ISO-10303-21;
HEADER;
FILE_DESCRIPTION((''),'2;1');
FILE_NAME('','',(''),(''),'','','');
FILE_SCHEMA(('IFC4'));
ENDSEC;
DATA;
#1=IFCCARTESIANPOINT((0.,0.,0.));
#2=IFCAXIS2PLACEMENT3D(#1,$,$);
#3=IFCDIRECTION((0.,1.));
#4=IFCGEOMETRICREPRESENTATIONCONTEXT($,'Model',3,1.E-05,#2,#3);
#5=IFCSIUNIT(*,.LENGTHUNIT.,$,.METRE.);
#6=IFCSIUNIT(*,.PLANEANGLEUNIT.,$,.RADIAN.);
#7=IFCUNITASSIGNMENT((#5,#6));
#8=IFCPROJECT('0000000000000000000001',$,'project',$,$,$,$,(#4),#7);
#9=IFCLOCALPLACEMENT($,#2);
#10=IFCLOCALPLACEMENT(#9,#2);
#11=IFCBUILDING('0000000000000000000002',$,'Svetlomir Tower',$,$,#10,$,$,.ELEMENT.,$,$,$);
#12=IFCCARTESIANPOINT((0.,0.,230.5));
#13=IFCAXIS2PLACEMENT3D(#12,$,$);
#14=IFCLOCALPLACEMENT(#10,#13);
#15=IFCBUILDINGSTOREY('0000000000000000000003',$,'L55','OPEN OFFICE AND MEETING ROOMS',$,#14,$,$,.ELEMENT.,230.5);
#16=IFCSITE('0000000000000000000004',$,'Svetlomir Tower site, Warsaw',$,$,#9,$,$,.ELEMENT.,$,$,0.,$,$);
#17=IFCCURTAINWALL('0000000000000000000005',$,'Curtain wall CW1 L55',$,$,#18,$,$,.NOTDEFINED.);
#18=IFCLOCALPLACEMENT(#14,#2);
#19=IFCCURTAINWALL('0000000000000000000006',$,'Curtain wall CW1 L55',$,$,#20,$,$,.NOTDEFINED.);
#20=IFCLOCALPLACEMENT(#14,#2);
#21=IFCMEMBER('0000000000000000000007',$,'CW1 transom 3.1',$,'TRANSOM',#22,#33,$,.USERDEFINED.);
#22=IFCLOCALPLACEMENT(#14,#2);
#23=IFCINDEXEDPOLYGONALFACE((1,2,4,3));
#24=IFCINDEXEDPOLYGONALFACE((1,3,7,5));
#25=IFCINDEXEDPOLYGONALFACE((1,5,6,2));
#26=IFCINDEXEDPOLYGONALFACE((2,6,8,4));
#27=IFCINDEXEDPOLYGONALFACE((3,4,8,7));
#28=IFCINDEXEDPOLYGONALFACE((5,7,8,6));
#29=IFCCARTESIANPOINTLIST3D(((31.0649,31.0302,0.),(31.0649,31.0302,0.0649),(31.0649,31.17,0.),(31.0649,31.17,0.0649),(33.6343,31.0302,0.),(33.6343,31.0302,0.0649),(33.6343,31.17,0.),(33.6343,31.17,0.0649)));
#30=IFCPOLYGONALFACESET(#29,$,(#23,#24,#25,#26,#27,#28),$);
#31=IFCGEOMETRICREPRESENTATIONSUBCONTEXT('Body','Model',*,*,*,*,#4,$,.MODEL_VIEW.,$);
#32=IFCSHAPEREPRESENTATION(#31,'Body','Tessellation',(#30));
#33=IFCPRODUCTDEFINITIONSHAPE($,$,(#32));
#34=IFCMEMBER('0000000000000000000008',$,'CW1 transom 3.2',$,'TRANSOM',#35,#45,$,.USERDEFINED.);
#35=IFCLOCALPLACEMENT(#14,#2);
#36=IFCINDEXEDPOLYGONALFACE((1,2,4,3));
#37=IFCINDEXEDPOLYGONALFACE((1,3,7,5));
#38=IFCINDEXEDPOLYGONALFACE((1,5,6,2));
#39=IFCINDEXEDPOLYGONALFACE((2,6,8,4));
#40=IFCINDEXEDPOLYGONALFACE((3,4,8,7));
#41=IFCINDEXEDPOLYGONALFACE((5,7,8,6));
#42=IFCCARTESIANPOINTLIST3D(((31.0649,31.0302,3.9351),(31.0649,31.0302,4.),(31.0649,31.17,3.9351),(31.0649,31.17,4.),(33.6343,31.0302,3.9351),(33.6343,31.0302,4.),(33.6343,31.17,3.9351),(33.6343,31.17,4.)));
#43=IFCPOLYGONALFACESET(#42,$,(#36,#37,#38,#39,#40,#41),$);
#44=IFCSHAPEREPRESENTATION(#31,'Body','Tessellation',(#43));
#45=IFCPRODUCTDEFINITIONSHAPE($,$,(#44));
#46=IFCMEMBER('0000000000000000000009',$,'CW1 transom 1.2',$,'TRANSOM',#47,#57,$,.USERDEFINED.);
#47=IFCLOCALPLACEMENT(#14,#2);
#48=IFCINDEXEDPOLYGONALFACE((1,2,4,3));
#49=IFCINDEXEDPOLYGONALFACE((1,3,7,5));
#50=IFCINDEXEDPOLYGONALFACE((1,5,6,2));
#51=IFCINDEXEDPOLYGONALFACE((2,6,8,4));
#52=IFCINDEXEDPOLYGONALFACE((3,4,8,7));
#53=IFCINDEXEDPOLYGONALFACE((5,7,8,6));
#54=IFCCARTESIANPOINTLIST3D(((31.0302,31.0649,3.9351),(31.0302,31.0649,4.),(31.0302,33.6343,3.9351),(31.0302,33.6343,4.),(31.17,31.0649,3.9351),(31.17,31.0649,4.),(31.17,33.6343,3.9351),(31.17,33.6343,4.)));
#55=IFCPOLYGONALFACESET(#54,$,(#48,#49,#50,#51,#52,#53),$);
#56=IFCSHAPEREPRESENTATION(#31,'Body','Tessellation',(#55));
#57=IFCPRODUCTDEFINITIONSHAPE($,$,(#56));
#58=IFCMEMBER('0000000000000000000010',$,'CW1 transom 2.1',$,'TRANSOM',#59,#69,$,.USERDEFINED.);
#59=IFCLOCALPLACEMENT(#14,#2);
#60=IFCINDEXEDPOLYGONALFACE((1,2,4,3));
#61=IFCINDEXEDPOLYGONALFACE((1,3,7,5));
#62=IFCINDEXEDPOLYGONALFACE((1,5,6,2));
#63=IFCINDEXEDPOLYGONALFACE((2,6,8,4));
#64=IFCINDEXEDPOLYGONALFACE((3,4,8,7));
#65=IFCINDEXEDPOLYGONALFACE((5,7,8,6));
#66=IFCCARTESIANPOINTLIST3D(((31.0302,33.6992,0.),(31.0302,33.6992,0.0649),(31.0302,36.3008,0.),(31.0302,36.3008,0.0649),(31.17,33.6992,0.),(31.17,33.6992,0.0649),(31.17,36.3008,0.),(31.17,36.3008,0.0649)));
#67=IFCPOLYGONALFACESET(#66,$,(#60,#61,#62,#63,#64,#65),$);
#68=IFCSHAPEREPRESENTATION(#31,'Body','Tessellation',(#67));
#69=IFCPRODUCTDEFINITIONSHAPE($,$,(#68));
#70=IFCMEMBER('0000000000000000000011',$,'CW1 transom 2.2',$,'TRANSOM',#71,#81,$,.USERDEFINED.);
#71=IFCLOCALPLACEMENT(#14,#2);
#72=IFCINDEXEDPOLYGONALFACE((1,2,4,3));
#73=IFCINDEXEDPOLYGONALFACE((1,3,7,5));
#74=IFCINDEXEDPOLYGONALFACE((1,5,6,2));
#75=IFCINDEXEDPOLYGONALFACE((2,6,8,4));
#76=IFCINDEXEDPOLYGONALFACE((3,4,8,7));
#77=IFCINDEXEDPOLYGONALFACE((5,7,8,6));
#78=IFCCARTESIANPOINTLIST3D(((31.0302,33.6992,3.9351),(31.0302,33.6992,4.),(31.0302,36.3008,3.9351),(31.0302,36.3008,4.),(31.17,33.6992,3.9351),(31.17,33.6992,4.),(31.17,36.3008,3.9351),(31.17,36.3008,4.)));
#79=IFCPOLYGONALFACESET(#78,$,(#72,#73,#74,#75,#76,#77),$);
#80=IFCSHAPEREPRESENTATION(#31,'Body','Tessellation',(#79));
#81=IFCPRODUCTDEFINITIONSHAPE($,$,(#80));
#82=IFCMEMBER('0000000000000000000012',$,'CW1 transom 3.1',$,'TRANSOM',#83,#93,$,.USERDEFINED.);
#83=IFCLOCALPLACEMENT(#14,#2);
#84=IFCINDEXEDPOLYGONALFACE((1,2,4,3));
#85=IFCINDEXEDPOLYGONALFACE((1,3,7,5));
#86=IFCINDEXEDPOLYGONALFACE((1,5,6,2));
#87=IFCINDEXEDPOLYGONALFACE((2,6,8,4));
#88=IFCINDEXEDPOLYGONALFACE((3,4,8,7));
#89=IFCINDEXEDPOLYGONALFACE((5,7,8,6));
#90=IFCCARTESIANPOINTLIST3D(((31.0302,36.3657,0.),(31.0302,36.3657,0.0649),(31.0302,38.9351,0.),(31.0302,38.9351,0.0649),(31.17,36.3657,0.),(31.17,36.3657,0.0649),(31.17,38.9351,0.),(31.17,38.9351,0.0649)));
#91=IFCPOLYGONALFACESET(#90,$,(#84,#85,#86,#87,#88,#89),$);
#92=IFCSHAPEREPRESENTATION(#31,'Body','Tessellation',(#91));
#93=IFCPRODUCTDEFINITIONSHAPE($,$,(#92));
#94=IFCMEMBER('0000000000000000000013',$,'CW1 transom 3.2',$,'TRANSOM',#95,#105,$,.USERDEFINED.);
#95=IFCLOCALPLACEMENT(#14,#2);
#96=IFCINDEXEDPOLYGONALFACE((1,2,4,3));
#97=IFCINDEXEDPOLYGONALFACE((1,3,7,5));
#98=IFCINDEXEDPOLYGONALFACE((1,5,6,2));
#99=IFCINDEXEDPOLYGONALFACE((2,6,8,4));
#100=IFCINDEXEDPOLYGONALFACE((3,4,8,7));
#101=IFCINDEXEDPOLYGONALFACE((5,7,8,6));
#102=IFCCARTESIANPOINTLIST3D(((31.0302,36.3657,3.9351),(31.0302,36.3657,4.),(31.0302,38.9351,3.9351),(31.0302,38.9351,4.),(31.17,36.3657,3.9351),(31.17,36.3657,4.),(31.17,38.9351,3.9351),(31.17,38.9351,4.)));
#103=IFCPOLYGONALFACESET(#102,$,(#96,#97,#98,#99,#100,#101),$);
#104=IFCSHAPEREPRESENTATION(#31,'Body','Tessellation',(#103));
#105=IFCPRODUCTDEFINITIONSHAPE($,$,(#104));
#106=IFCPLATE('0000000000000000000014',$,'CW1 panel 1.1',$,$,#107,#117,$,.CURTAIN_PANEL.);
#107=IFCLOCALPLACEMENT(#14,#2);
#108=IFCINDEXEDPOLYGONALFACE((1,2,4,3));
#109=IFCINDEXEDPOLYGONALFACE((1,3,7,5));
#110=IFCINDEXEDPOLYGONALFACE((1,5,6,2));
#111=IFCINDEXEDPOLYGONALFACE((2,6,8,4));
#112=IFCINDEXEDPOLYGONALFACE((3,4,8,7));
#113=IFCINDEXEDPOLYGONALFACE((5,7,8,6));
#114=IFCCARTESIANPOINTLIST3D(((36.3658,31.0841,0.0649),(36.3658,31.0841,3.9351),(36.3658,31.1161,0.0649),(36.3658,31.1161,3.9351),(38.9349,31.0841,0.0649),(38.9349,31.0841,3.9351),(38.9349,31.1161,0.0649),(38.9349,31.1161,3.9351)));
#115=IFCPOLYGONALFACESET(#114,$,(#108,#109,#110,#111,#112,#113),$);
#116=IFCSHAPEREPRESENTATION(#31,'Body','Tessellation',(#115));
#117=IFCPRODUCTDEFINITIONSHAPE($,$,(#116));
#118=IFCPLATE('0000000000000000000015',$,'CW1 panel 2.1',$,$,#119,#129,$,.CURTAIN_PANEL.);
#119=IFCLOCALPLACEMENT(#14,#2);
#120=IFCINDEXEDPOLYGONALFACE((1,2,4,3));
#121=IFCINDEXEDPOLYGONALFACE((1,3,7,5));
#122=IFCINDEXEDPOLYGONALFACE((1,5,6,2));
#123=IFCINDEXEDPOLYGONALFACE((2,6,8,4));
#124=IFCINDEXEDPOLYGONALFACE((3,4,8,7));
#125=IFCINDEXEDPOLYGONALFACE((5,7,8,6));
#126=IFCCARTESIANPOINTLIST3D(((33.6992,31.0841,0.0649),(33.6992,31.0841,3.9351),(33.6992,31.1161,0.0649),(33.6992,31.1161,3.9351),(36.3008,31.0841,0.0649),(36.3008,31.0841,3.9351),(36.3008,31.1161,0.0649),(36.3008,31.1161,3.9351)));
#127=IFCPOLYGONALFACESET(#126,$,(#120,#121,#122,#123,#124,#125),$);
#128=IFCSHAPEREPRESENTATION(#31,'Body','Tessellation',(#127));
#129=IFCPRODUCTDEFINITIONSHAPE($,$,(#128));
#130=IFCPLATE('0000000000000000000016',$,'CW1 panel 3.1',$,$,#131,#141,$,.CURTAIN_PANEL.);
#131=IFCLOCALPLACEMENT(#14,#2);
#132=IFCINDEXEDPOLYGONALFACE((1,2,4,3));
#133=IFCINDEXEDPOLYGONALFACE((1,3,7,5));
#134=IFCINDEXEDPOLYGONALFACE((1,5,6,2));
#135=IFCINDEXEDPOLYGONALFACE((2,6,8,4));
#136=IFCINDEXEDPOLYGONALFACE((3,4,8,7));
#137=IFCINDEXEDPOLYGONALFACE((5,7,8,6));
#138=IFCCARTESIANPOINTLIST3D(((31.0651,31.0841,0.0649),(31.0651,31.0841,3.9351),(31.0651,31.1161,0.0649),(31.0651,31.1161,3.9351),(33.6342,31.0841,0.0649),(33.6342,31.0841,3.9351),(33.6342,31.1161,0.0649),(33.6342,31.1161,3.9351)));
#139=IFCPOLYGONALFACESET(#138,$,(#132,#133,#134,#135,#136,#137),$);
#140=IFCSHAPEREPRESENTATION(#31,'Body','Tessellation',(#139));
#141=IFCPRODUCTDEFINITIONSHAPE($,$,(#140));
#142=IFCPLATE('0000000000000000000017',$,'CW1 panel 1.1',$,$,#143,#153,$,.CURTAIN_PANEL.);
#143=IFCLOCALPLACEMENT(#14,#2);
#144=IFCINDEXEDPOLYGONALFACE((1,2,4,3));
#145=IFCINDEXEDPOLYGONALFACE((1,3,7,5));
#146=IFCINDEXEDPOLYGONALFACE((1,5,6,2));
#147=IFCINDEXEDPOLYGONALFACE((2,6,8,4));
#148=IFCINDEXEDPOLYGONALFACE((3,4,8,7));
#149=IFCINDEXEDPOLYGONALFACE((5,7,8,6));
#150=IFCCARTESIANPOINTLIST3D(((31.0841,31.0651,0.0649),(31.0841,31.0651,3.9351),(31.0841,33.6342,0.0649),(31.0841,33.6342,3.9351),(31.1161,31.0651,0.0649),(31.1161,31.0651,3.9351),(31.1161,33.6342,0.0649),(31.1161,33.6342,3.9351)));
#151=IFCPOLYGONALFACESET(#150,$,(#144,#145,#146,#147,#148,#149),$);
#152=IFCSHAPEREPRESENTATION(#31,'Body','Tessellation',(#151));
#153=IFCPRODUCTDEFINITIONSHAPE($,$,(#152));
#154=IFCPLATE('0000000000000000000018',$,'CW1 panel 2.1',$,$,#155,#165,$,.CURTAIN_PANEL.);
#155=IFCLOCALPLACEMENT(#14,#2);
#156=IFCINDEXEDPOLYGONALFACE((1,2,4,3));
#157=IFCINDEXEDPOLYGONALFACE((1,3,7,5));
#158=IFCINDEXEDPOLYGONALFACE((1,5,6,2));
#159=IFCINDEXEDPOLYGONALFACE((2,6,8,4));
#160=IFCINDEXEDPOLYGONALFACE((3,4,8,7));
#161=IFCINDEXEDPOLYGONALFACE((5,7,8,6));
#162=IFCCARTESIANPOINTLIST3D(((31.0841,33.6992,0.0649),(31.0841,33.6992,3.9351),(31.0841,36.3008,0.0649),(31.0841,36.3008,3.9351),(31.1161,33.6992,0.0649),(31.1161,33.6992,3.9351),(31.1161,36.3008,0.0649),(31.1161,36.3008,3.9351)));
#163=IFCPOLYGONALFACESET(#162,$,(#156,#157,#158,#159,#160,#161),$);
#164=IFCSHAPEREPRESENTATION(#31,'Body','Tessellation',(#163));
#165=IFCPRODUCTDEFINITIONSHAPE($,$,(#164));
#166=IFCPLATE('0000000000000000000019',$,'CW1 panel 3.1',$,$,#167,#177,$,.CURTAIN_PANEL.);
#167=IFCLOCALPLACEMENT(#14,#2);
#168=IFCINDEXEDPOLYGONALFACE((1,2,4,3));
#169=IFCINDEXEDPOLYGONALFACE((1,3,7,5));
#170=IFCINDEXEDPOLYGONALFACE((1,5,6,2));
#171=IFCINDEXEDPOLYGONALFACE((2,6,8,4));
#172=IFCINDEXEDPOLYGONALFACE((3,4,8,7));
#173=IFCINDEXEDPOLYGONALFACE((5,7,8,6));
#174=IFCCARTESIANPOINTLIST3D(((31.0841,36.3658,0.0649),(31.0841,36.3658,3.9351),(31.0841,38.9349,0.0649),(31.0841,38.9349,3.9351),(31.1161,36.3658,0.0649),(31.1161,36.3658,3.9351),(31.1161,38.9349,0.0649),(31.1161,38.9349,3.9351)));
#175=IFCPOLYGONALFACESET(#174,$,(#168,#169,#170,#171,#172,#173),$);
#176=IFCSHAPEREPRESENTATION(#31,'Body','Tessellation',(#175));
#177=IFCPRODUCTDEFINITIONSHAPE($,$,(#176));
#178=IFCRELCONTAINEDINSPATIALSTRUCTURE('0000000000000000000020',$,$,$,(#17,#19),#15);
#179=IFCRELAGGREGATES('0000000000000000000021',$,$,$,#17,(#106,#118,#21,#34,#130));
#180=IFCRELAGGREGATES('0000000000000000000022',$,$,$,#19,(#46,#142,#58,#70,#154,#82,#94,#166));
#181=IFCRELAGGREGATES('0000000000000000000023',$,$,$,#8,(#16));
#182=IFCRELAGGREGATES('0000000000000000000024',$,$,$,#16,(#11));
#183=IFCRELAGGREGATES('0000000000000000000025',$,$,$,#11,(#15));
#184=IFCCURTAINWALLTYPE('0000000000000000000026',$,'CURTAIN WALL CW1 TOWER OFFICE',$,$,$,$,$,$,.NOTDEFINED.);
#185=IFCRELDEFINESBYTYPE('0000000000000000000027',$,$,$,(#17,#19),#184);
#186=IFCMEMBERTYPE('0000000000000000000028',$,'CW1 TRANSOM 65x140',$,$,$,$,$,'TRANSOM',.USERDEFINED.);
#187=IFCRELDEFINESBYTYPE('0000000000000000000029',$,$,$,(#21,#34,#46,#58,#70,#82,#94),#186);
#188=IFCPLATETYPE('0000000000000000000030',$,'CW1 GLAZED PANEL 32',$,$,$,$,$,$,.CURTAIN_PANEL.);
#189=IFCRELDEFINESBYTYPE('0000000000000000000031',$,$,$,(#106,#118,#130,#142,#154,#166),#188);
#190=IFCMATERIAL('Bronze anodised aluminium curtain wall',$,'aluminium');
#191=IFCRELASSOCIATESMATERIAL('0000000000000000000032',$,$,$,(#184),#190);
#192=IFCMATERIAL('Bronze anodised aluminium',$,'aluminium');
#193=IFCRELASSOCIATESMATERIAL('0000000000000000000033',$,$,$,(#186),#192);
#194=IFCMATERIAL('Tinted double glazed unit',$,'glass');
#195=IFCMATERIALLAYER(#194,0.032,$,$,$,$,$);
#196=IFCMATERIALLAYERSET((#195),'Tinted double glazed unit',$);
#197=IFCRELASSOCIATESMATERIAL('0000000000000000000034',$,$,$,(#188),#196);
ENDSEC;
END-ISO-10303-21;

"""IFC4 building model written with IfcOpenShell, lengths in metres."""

from ifc_helpers import new_model, si_unit, direction, frame, origin, origin_2d, place, context, subcontext, project, spatial, rectangle, extrude, material, layer, layer_set, material_profile, profile_set, type_object, element, aggregate, save


model = new_model("IFC4")

# Units and contexts
model_context = context("Model", 3, precision=1e-05, world=origin(), true_north=direction((0.0, 1.0)))
body_context = subcontext(model_context, "Body", "Model", "MODEL_VIEW")
ifc_project = project(units=[si_unit("LENGTHUNIT", "METRE"), si_unit("PLANEANGLEUNIT", "RADIAN")], contexts=[model_context])

# Site, building, storey
site_placement = place(None, origin())
site = spatial("IfcSite", under=ifc_project, at=site_placement, Name="Svetlomir Tower site, Warsaw", CompositionType="ELEMENT", RefElevation=0.0)
building_placement = place(site_placement, origin())
building = spatial("IfcBuilding", under=site, at=building_placement, Name="Svetlomir Tower", CompositionType="ELEMENT")
storey_placement = place(building_placement, frame((0.0, 0.0, 230.5)))
storey = spatial("IfcBuildingStorey", under=building, at=storey_placement, Name="L55", Description="OPEN OFFICE AND MEETING ROOMS", CompositionType="ELEMENT", Elevation=230.5)

# Curtain walls
ifc_material_1 = material(Name="Bronze anodised aluminium curtain wall", Category="aluminium")
curtain_wall_type = type_object("IfcCurtainWallType", Name="CURTAIN WALL CW1 TOWER OFFICE", PredefinedType="NOTDEFINED", material=ifc_material_1)
curtain_wall_1_placement = place(storey_placement, origin())
curtain_wall_1 = element("IfcCurtainWall", 1, at=curtain_wall_1_placement, inside=storey, type_object=curtain_wall_type, Name="Curtain wall CW1 L55", PredefinedType="NOTDEFINED")
curtain_wall_2_placement = place(storey_placement, origin())
curtain_wall_2 = element("IfcCurtainWall", 2, at=curtain_wall_2_placement, inside=storey, type_object=curtain_wall_type, Name="Curtain wall CW1 L55", PredefinedType="NOTDEFINED")

# Members
ifc_material_2 = material(Name="Bronze anodised aluminium", Category="aluminium")
ifc_material_profile_1 = material_profile(ifc_material_2, rectangle(XDim=0.1399, YDim=0.0649, at=origin_2d()), Name="AL 140x65")
ifc_profile_set_1 = profile_set([ifc_material_profile_1], Name="Bronze anodised aluminium 6063-T6")
member_type_1 = type_object("IfcMemberType", Name="CW1 TRANSOM 65x140", ElementType="TRANSOM", PredefinedType="USERDEFINED", material=ifc_profile_set_1)
member_1_placement = place(storey_placement, frame((33.6343, 31.1001, 0.0325), z_axis=(-1.0, 0.0, 0.0), x_axis=(0.0, -1.0, 0.0)))
member_1 = element("IfcMember", 3, at=member_1_placement, type_object=member_type_1, Name="CW1 transom 3.1", ObjectType="TRANSOM", PredefinedType="USERDEFINED", context=body_context, shape_type="SweptSolid", body=[
    extrude(rectangle(XDim=0.1399, YDim=0.0649, at=origin_2d()), origin(), (0.0, 0.0, 1.0), 2.5693),
])
member_2_placement = place(storey_placement, frame((33.6343, 31.1001, 3.9675), z_axis=(-1.0, 0.0, 0.0), x_axis=(0.0, -1.0, 0.0)))
member_2 = element("IfcMember", 4, at=member_2_placement, type_object=member_type_1, Name="CW1 transom 3.2", ObjectType="TRANSOM", PredefinedType="USERDEFINED", context=body_context, shape_type="SweptSolid", body=[
    extrude(rectangle(XDim=0.1399, YDim=0.0649, at=origin_2d()), origin(), (0.0, 0.0, 1.0), 2.5693),
])
member_3_placement = place(storey_placement, frame((31.1001, 31.0649, 3.9675), z_axis=(0.0, 1.0, 0.0), x_axis=(-1.0, 0.0, 0.0)))
member_3 = element("IfcMember", 5, at=member_3_placement, type_object=member_type_1, Name="CW1 transom 1.2", ObjectType="TRANSOM", PredefinedType="USERDEFINED", context=body_context, shape_type="SweptSolid", body=[
    extrude(rectangle(XDim=0.1399, YDim=0.0649, at=origin_2d()), origin(), (0.0, 0.0, 1.0), 2.5693),
])
member_4_placement = place(storey_placement, frame((31.1001, 33.6992, 0.0325), z_axis=(0.0, 1.0, 0.0), x_axis=(-1.0, 0.0, 0.0)))
member_4 = element("IfcMember", 6, at=member_4_placement, type_object=member_type_1, Name="CW1 transom 2.1", ObjectType="TRANSOM", PredefinedType="USERDEFINED", context=body_context, shape_type="SweptSolid", body=[
    extrude(rectangle(XDim=0.1399, YDim=0.0649, at=origin_2d()), origin(), (0.0, 0.0, 1.0), 2.6016),
])
member_5_placement = place(storey_placement, frame((31.1001, 33.6992, 3.9675), z_axis=(0.0, 1.0, 0.0), x_axis=(-1.0, 0.0, 0.0)))
member_5 = element("IfcMember", 7, at=member_5_placement, type_object=member_type_1, Name="CW1 transom 2.2", ObjectType="TRANSOM", PredefinedType="USERDEFINED", context=body_context, shape_type="SweptSolid", body=[
    extrude(rectangle(XDim=0.1399, YDim=0.0649, at=origin_2d()), origin(), (0.0, 0.0, 1.0), 2.6016),
])
member_6_placement = place(storey_placement, frame((31.1001, 36.3657, 0.0325), z_axis=(0.0, 1.0, 0.0), x_axis=(-1.0, 0.0, 0.0)))
member_6 = element("IfcMember", 8, at=member_6_placement, type_object=member_type_1, Name="CW1 transom 3.1", ObjectType="TRANSOM", PredefinedType="USERDEFINED", context=body_context, shape_type="SweptSolid", body=[
    extrude(rectangle(XDim=0.1399, YDim=0.0649, at=origin_2d()), origin(), (0.0, 0.0, 1.0), 2.5693),
])
member_7_placement = place(storey_placement, frame((31.1001, 36.3657, 3.9675), z_axis=(0.0, 1.0, 0.0), x_axis=(-1.0, 0.0, 0.0)))
member_7 = element("IfcMember", 9, at=member_7_placement, type_object=member_type_1, Name="CW1 transom 3.2", ObjectType="TRANSOM", PredefinedType="USERDEFINED", context=body_context, shape_type="SweptSolid", body=[
    extrude(rectangle(XDim=0.1399, YDim=0.0649, at=origin_2d()), origin(), (0.0, 0.0, 1.0), 2.5693),
])

# Plates
ifc_material_3 = material(Name="Tinted double glazed unit", Category="glass")
ifc_layer = layer(ifc_material_3, 0.032)
ifc_layer_set = layer_set([ifc_layer], Name="Tinted double glazed unit")
plate_type = type_object("IfcPlateType", Name="CW1 GLAZED PANEL 32", PredefinedType="CURTAIN_PANEL", material=ifc_layer_set)
plate_1_placement = place(storey_placement, frame((37.6504, 31.1001, 0.0649), z_axis=(0.0, 0.0, 1.0), x_axis=(-1.0, 0.0, 0.0)))
plate_1 = element("IfcPlate", 10, at=plate_1_placement, type_object=plate_type, Name="CW1 panel 1.1", PredefinedType="CURTAIN_PANEL", context=body_context, shape_type="SweptSolid", body=[
    extrude(rectangle(XDim=2.5691, YDim=0.032, at=origin_2d()), origin(), (0.0, 0.0, 1.0), 3.8701),
])
plate_2_placement = place(storey_placement, frame((35.0, 31.1001, 0.0649), z_axis=(0.0, 0.0, 1.0), x_axis=(-1.0, 0.0, 0.0)))
plate_2 = element("IfcPlate", 11, at=plate_2_placement, type_object=plate_type, Name="CW1 panel 2.1", PredefinedType="CURTAIN_PANEL", context=body_context, shape_type="SweptSolid", body=[
    extrude(rectangle(XDim=2.6016, YDim=0.032, at=origin_2d()), origin(), (0.0, 0.0, 1.0), 3.8701),
])
plate_3_placement = place(storey_placement, frame((32.3496, 31.1001, 0.0649), z_axis=(0.0, 0.0, 1.0), x_axis=(-1.0, 0.0, 0.0)))
plate_3 = element("IfcPlate", 12, at=plate_3_placement, type_object=plate_type, Name="CW1 panel 3.1", PredefinedType="CURTAIN_PANEL", context=body_context, shape_type="SweptSolid", body=[
    extrude(rectangle(XDim=2.5691, YDim=0.032, at=origin_2d()), origin(), (0.0, 0.0, 1.0), 3.8701),
])
aggregate(curtain_wall_1, [plate_1, plate_2, member_1, member_2, plate_3])
plate_4_placement = place(storey_placement, frame((31.1001, 32.3496, 0.0649), z_axis=(0.0, 0.0, 1.0), x_axis=(0.0, 1.0, 0.0)))
plate_4 = element("IfcPlate", 13, at=plate_4_placement, type_object=plate_type, Name="CW1 panel 1.1", PredefinedType="CURTAIN_PANEL", context=body_context, shape_type="SweptSolid", body=[
    extrude(rectangle(XDim=2.5691, YDim=0.032, at=origin_2d()), origin(), (0.0, 0.0, 1.0), 3.8701),
])
plate_5_placement = place(storey_placement, frame((31.1001, 35.0, 0.0649), z_axis=(0.0, 0.0, 1.0), x_axis=(0.0, 1.0, 0.0)))
plate_5 = element("IfcPlate", 14, at=plate_5_placement, type_object=plate_type, Name="CW1 panel 2.1", PredefinedType="CURTAIN_PANEL", context=body_context, shape_type="SweptSolid", body=[
    extrude(rectangle(XDim=2.6016, YDim=0.032, at=origin_2d()), origin(), (0.0, 0.0, 1.0), 3.8701),
])
plate_6_placement = place(storey_placement, frame((31.1001, 37.6504, 0.0649), z_axis=(0.0, 0.0, 1.0), x_axis=(0.0, 1.0, 0.0)))
plate_6 = element("IfcPlate", 15, at=plate_6_placement, type_object=plate_type, Name="CW1 panel 3.1", PredefinedType="CURTAIN_PANEL", context=body_context, shape_type="SweptSolid", body=[
    extrude(rectangle(XDim=2.5691, YDim=0.032, at=origin_2d()), origin(), (0.0, 0.0, 1.0), 3.8701),
])
aggregate(curtain_wall_2, [member_3, plate_4, member_4, member_5, plate_5, member_6, member_7, plate_6])

save(model, "model.ifc")
